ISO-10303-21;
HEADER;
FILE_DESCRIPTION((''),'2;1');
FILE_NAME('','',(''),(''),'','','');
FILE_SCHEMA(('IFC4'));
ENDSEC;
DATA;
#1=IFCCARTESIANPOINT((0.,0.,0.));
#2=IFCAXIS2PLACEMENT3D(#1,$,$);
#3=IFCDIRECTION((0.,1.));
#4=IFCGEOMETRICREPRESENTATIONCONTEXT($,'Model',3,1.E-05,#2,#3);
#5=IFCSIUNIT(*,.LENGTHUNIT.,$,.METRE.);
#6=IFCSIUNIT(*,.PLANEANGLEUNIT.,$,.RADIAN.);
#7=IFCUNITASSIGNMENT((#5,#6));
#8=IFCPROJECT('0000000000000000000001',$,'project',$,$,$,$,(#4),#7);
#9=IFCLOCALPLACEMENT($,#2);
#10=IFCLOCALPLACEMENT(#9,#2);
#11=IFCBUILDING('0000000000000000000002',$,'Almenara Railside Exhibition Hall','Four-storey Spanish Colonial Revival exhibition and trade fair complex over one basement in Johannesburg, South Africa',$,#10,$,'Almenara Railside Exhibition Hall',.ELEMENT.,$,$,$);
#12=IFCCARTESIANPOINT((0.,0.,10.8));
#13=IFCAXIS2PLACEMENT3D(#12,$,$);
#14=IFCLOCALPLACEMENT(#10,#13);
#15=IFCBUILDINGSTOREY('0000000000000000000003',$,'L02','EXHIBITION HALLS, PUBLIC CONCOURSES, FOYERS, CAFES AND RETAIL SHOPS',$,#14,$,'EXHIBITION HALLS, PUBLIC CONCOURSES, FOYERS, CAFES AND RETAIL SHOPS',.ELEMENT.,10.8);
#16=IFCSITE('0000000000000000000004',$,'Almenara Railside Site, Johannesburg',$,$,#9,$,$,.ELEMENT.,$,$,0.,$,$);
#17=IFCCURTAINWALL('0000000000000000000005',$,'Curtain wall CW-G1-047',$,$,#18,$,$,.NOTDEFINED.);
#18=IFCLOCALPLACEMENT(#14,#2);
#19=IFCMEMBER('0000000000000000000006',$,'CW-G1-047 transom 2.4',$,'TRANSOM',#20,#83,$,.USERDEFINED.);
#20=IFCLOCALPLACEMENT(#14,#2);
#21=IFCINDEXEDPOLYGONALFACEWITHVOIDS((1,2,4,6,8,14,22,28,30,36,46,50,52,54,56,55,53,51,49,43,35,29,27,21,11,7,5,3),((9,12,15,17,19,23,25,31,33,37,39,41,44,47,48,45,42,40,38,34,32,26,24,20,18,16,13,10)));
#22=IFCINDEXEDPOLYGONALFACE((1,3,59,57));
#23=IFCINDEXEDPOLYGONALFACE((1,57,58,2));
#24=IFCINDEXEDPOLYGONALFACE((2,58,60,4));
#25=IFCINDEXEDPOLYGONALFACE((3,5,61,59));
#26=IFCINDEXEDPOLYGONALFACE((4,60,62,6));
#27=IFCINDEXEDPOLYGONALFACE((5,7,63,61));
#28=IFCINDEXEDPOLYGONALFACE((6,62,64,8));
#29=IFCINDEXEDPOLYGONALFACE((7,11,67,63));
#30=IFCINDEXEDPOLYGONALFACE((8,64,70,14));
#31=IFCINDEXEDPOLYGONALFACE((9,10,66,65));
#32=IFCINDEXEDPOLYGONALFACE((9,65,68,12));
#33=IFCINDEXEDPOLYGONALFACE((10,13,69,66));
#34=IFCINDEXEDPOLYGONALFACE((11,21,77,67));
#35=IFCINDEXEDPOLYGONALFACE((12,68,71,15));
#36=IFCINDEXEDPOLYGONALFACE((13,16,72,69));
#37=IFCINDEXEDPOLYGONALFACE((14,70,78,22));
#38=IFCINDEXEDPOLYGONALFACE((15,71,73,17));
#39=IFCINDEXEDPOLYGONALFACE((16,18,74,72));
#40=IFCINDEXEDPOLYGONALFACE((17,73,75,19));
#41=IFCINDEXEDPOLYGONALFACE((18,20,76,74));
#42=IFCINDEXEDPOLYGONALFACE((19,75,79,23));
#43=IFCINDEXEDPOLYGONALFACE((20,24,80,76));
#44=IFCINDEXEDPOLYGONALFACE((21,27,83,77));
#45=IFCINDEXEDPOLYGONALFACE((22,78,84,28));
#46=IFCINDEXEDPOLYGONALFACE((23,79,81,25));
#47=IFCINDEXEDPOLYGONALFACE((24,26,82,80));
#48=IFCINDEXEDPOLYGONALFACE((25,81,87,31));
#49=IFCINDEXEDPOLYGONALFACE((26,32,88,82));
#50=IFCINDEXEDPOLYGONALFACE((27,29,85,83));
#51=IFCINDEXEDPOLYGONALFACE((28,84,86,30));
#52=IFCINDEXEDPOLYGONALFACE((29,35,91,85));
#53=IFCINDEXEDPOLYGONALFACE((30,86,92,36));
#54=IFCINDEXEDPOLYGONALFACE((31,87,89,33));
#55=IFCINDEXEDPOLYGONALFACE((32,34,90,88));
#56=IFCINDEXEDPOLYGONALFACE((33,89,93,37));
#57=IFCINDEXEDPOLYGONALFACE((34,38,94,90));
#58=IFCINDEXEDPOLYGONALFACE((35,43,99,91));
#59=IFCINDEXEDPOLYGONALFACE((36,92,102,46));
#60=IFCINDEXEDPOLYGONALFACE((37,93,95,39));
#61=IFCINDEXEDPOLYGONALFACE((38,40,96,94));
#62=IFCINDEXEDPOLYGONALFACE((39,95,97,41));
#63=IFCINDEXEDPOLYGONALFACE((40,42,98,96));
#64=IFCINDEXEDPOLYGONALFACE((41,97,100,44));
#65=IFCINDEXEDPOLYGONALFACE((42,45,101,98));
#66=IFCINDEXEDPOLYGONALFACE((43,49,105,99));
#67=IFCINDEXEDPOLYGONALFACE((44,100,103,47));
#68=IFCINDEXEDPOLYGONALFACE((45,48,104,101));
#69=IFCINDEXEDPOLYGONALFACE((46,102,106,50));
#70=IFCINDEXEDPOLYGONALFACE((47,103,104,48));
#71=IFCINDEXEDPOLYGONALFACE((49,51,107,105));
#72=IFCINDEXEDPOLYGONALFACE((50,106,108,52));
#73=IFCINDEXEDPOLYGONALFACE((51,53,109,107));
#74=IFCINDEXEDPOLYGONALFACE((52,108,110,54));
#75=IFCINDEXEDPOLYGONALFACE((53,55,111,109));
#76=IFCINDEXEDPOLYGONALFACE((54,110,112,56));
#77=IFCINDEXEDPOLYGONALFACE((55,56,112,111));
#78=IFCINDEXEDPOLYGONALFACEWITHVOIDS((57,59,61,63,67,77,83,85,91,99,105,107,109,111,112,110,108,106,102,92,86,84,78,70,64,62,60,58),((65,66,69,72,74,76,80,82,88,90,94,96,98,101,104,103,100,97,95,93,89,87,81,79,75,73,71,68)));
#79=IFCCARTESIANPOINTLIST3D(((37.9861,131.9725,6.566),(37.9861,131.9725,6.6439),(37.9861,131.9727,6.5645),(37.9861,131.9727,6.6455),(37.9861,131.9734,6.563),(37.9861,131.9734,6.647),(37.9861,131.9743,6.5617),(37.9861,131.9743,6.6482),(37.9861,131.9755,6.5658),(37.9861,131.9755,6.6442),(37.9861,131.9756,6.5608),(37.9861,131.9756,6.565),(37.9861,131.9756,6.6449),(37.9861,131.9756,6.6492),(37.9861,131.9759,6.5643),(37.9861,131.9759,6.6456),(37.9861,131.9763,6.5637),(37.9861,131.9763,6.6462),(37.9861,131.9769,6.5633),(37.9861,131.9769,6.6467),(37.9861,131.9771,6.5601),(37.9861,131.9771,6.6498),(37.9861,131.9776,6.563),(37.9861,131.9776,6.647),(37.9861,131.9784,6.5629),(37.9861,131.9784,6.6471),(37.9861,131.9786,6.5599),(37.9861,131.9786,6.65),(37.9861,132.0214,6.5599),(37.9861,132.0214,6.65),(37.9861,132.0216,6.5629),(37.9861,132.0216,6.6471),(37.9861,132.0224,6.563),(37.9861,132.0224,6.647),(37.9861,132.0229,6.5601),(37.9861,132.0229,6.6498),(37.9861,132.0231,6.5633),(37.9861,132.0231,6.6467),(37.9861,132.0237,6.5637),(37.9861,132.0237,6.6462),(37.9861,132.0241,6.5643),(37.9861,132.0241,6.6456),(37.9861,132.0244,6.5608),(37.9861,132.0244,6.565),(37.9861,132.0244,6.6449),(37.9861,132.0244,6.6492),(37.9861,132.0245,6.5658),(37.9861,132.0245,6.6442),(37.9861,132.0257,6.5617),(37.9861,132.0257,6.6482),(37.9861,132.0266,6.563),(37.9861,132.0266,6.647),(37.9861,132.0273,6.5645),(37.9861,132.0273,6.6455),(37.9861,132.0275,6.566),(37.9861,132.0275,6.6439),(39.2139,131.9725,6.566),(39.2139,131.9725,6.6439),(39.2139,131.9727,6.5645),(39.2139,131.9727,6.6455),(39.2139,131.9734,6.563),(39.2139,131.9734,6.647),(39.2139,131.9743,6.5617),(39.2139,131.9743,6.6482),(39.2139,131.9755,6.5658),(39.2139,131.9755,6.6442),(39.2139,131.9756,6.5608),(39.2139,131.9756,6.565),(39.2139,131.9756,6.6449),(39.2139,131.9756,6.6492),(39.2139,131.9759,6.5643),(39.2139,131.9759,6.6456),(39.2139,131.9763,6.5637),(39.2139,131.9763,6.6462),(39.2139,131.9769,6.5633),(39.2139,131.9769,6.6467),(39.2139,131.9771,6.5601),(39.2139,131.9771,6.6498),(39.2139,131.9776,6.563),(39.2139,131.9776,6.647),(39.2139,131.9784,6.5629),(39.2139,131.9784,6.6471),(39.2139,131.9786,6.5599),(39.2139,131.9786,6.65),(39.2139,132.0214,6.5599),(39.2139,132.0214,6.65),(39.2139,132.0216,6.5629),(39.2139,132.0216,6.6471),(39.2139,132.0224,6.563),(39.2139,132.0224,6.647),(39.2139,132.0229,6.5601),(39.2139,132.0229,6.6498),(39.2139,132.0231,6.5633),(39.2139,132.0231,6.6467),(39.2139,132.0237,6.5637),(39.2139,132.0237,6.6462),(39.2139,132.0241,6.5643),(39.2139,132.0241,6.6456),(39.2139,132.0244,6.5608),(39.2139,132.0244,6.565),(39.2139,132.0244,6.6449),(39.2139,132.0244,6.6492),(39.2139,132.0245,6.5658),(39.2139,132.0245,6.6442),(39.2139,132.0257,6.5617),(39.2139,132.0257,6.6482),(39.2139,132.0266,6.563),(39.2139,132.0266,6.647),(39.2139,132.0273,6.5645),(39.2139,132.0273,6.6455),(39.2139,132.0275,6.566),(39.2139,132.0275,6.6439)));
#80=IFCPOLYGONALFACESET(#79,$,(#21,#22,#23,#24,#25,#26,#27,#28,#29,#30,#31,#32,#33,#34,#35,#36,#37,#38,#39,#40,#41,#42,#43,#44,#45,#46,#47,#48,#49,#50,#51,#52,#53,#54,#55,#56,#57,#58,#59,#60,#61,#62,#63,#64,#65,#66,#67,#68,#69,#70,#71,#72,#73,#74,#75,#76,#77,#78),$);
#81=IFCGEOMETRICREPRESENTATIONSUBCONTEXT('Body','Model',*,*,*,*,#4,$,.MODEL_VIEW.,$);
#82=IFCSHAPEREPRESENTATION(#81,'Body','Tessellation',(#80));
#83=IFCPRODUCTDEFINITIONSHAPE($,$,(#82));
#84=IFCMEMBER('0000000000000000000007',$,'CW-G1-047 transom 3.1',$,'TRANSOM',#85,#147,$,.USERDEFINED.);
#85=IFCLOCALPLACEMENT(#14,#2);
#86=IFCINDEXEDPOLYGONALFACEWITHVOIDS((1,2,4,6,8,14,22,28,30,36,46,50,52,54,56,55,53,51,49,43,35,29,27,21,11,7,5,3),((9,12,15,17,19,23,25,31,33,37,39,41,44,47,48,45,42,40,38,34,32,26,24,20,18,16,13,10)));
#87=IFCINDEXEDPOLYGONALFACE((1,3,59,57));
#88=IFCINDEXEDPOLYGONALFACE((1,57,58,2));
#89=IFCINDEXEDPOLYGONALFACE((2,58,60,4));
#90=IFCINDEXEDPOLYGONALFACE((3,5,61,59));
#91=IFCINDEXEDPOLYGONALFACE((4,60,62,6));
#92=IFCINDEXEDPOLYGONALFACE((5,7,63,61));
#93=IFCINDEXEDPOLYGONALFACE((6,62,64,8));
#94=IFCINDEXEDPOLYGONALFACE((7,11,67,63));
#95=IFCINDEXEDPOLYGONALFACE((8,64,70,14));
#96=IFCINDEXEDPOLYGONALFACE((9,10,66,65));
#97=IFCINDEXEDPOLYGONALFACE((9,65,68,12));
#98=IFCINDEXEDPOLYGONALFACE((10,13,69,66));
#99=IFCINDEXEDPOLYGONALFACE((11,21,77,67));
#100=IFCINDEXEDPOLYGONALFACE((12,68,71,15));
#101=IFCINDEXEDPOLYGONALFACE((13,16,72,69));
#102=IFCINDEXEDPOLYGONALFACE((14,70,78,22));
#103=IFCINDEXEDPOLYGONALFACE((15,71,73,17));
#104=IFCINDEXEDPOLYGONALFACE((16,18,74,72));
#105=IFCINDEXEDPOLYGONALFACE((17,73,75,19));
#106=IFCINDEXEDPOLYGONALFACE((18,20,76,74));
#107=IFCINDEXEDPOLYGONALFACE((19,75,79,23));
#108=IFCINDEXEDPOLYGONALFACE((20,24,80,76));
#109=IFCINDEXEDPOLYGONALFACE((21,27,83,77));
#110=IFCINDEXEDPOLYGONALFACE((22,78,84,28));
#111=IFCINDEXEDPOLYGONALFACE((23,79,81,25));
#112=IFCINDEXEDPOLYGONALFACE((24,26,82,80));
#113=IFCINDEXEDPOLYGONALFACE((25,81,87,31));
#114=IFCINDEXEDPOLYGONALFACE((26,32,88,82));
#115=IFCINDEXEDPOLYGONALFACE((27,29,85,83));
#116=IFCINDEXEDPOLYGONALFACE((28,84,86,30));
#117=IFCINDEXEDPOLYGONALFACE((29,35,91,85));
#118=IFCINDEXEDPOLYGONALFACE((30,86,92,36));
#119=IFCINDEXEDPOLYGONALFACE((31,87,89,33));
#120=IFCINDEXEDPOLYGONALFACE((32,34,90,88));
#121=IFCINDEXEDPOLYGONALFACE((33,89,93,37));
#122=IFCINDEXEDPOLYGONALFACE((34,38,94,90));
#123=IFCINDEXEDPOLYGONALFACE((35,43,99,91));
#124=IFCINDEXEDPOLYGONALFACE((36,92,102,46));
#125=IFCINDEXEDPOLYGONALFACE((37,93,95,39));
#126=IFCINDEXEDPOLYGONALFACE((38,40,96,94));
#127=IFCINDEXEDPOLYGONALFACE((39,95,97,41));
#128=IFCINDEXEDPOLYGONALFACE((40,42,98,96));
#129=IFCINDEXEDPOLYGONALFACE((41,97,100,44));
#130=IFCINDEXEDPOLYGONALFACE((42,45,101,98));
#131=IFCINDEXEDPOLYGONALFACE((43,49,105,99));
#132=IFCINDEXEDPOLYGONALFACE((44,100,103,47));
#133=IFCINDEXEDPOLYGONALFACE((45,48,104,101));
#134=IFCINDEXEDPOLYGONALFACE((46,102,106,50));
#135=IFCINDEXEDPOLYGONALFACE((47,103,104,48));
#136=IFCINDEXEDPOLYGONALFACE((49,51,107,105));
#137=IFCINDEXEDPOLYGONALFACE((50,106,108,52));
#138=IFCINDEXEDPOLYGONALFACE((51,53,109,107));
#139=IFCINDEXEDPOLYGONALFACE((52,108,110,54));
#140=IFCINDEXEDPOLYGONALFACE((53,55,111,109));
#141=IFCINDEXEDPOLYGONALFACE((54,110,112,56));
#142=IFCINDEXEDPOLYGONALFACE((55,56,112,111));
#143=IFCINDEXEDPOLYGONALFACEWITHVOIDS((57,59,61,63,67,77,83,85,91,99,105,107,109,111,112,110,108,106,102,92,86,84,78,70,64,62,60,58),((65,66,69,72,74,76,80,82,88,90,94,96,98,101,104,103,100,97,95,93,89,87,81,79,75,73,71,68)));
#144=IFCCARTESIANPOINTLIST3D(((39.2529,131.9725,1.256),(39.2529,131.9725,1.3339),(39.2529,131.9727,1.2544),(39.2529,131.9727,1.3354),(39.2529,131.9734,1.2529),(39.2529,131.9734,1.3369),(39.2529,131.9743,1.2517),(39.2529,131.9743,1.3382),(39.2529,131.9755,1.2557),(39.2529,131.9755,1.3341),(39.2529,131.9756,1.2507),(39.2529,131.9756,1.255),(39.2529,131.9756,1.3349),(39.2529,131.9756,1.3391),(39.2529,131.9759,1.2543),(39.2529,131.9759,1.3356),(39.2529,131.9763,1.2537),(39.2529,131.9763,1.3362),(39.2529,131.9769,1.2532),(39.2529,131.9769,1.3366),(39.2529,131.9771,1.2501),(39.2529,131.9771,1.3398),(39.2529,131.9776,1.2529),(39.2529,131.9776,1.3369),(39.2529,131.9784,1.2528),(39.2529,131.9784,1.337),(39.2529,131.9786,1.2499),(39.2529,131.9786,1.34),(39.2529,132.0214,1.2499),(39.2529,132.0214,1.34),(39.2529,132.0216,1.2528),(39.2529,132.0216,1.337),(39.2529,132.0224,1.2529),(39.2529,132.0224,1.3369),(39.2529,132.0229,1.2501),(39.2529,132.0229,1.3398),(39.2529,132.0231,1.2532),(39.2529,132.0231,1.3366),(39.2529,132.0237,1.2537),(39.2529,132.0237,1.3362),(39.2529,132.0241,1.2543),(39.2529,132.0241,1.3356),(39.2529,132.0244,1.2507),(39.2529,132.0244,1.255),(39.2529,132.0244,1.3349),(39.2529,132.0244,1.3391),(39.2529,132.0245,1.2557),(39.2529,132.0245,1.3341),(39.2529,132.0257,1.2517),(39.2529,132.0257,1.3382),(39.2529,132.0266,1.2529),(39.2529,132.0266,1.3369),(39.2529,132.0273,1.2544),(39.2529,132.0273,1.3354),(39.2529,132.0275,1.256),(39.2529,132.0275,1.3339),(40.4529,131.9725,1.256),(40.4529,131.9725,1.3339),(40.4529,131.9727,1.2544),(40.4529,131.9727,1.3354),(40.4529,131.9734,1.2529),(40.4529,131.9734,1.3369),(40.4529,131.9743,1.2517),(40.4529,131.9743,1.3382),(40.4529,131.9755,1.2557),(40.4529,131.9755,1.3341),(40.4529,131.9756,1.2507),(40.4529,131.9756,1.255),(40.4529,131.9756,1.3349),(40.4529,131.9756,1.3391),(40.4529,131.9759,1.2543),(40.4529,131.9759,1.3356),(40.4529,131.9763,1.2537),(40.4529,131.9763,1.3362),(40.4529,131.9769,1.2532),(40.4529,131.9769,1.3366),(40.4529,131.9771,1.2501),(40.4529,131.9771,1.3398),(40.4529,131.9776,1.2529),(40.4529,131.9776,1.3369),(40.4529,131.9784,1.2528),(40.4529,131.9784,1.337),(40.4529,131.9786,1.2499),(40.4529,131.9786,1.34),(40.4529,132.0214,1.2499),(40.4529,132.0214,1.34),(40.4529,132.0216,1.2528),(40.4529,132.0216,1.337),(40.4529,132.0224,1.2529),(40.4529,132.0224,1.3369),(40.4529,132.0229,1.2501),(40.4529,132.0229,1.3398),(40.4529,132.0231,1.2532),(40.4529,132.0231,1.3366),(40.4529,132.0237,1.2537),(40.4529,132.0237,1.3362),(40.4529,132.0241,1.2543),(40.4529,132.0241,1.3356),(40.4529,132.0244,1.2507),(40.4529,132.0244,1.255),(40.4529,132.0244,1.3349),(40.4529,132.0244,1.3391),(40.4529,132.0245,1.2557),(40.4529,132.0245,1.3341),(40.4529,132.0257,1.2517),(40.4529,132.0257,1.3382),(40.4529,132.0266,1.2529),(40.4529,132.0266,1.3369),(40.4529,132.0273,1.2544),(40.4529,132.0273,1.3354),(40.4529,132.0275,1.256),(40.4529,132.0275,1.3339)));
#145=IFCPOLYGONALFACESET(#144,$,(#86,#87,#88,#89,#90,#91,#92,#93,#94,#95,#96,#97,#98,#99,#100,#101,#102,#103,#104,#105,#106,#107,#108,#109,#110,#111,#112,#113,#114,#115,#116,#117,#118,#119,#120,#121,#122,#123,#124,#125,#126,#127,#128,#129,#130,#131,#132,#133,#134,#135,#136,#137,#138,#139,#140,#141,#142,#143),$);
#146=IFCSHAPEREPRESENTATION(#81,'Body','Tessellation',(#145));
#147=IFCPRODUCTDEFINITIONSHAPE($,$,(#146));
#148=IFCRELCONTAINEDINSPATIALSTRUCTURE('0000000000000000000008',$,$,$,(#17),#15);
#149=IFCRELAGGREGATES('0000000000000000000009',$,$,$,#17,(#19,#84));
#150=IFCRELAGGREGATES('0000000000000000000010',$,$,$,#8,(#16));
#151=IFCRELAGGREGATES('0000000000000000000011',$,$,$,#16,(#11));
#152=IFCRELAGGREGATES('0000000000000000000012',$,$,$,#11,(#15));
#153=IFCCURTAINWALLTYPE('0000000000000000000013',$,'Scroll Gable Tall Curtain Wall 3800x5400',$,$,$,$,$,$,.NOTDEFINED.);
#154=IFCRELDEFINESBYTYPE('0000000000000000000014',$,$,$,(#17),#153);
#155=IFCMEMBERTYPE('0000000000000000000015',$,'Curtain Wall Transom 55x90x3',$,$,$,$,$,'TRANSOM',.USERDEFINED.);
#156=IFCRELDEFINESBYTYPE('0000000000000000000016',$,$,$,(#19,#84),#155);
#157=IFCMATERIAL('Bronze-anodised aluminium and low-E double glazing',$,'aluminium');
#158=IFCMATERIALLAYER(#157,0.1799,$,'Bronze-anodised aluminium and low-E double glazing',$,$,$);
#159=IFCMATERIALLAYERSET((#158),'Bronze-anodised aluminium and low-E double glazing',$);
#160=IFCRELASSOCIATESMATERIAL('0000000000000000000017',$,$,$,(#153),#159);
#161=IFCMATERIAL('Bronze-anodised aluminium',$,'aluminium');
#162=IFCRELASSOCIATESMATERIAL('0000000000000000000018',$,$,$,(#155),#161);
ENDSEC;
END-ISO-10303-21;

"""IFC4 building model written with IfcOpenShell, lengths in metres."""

from ifc_helpers import new_model, si_unit, direction, frame, origin, origin_2d, place, context, subcontext, project, spatial, hollow_rectangle, extrude, material, layer, layer_set, material_profile, profile_set, type_object, element, aggregate, save


model = new_model("IFC4")

# Units and contexts
model_context = context("Model", 3, precision=1e-05, world=origin(), true_north=direction((0.0, 1.0)))
body_context = subcontext(model_context, "Body", "Model", "MODEL_VIEW")
ifc_project = project(units=[si_unit("LENGTHUNIT", "METRE"), si_unit("PLANEANGLEUNIT", "RADIAN")], contexts=[model_context])

# Site, building, storey
site_placement = place(None, origin())
site = spatial("IfcSite", under=ifc_project, at=site_placement, Name="Almenara Railside Site, Johannesburg", CompositionType="ELEMENT", RefElevation=0.0)
building_placement = place(site_placement, origin())
building = spatial("IfcBuilding", under=site, at=building_placement, Name="Almenara Railside Exhibition Hall", Description="Four-storey Spanish Colonial Revival exhibition and trade fair complex over one basement in Johannesburg, South Africa", LongName="Almenara Railside Exhibition Hall", CompositionType="ELEMENT")
storey_placement = place(building_placement, frame((0.0, 0.0, 10.8)))
storey = spatial("IfcBuildingStorey", under=building, at=storey_placement, Name="L02", Description="EXHIBITION HALLS, PUBLIC CONCOURSES, FOYERS, CAFES AND RETAIL SHOPS", LongName="EXHIBITION HALLS, PUBLIC CONCOURSES, FOYERS, CAFES AND RETAIL SHOPS", CompositionType="ELEMENT", Elevation=10.8)

# Curtain wall
ifc_material_1 = material(Name="Bronze-anodised aluminium and low-E double glazing", Category="aluminium")
ifc_layer_1 = layer(ifc_material_1, 0.1799, Name="Bronze-anodised aluminium and low-E double glazing")
ifc_layer_set_1 = layer_set([ifc_layer_1], Name="Bronze-anodised aluminium and low-E double glazing")
curtain_wall_type = type_object("IfcCurtainWallType", Name="Scroll Gable Tall Curtain Wall 3800x5400", PredefinedType="NOTDEFINED", material=ifc_layer_set_1)
curtain_wall_1_placement = place(storey_placement, origin())
curtain_wall_1 = element("IfcCurtainWall", 1, at=curtain_wall_1_placement, inside=storey, type_object=curtain_wall_type, Name="Curtain wall CW-G1-047", PredefinedType="NOTDEFINED")
ifc_material_2 = material(Name="Bronze-anodised aluminium", Category="aluminium")

# Members
ifc_material_profile_1 = material_profile(ifc_material_2, hollow_rectangle(XDim=0.0549, YDim=0.0901, WallThickness=0.0029, InnerFilletRadius=0.0029, OuterFilletRadius=0.0061, at=origin_2d()), Name="ALU-TRN 55x90x3")
ifc_profile_set_1 = profile_set([ifc_material_profile_1], Name="Bronze-anodised aluminium")
member_type_1 = type_object("IfcMemberType", Name="Curtain Wall Transom 55x90x3", ElementType="TRANSOM", PredefinedType="USERDEFINED", material=ifc_profile_set_1)
member_1_placement = place(storey_placement, frame((37.9861, 132.0, 6.605), z_axis=(1.0, 0.0, 0.0), x_axis=(0.0, 1.0, 0.0)))
member_1 = element("IfcMember", 2, at=member_1_placement, type_object=member_type_1, Name="CW-G1-047 transom 2.4", ObjectType="TRANSOM", PredefinedType="USERDEFINED", context=body_context, shape_type="SweptSolid", body=[
    extrude(hollow_rectangle(XDim=0.0549, YDim=0.0901, WallThickness=0.0029, InnerFilletRadius=0.0029, OuterFilletRadius=0.0061, at=origin_2d()), origin(), (0.0, 0.0, 1.0), 1.2278),
])
member_2_placement = place(storey_placement, frame((39.2529, 132.0, 1.2949), z_axis=(1.0, 0.0, 0.0), x_axis=(0.0, 1.0, 0.0)))
member_2 = element("IfcMember", 3, at=member_2_placement, type_object=member_type_1, Name="CW-G1-047 transom 3.1", ObjectType="TRANSOM", PredefinedType="USERDEFINED", context=body_context, shape_type="SweptSolid", body=[
    extrude(hollow_rectangle(XDim=0.0549, YDim=0.0901, WallThickness=0.0029, InnerFilletRadius=0.0029, OuterFilletRadius=0.0061, at=origin_2d()), origin(), (0.0, 0.0, 1.0), 1.2),
])

aggregate(curtain_wall_1, [member_1, member_2])

save(model, "model.ifc")
